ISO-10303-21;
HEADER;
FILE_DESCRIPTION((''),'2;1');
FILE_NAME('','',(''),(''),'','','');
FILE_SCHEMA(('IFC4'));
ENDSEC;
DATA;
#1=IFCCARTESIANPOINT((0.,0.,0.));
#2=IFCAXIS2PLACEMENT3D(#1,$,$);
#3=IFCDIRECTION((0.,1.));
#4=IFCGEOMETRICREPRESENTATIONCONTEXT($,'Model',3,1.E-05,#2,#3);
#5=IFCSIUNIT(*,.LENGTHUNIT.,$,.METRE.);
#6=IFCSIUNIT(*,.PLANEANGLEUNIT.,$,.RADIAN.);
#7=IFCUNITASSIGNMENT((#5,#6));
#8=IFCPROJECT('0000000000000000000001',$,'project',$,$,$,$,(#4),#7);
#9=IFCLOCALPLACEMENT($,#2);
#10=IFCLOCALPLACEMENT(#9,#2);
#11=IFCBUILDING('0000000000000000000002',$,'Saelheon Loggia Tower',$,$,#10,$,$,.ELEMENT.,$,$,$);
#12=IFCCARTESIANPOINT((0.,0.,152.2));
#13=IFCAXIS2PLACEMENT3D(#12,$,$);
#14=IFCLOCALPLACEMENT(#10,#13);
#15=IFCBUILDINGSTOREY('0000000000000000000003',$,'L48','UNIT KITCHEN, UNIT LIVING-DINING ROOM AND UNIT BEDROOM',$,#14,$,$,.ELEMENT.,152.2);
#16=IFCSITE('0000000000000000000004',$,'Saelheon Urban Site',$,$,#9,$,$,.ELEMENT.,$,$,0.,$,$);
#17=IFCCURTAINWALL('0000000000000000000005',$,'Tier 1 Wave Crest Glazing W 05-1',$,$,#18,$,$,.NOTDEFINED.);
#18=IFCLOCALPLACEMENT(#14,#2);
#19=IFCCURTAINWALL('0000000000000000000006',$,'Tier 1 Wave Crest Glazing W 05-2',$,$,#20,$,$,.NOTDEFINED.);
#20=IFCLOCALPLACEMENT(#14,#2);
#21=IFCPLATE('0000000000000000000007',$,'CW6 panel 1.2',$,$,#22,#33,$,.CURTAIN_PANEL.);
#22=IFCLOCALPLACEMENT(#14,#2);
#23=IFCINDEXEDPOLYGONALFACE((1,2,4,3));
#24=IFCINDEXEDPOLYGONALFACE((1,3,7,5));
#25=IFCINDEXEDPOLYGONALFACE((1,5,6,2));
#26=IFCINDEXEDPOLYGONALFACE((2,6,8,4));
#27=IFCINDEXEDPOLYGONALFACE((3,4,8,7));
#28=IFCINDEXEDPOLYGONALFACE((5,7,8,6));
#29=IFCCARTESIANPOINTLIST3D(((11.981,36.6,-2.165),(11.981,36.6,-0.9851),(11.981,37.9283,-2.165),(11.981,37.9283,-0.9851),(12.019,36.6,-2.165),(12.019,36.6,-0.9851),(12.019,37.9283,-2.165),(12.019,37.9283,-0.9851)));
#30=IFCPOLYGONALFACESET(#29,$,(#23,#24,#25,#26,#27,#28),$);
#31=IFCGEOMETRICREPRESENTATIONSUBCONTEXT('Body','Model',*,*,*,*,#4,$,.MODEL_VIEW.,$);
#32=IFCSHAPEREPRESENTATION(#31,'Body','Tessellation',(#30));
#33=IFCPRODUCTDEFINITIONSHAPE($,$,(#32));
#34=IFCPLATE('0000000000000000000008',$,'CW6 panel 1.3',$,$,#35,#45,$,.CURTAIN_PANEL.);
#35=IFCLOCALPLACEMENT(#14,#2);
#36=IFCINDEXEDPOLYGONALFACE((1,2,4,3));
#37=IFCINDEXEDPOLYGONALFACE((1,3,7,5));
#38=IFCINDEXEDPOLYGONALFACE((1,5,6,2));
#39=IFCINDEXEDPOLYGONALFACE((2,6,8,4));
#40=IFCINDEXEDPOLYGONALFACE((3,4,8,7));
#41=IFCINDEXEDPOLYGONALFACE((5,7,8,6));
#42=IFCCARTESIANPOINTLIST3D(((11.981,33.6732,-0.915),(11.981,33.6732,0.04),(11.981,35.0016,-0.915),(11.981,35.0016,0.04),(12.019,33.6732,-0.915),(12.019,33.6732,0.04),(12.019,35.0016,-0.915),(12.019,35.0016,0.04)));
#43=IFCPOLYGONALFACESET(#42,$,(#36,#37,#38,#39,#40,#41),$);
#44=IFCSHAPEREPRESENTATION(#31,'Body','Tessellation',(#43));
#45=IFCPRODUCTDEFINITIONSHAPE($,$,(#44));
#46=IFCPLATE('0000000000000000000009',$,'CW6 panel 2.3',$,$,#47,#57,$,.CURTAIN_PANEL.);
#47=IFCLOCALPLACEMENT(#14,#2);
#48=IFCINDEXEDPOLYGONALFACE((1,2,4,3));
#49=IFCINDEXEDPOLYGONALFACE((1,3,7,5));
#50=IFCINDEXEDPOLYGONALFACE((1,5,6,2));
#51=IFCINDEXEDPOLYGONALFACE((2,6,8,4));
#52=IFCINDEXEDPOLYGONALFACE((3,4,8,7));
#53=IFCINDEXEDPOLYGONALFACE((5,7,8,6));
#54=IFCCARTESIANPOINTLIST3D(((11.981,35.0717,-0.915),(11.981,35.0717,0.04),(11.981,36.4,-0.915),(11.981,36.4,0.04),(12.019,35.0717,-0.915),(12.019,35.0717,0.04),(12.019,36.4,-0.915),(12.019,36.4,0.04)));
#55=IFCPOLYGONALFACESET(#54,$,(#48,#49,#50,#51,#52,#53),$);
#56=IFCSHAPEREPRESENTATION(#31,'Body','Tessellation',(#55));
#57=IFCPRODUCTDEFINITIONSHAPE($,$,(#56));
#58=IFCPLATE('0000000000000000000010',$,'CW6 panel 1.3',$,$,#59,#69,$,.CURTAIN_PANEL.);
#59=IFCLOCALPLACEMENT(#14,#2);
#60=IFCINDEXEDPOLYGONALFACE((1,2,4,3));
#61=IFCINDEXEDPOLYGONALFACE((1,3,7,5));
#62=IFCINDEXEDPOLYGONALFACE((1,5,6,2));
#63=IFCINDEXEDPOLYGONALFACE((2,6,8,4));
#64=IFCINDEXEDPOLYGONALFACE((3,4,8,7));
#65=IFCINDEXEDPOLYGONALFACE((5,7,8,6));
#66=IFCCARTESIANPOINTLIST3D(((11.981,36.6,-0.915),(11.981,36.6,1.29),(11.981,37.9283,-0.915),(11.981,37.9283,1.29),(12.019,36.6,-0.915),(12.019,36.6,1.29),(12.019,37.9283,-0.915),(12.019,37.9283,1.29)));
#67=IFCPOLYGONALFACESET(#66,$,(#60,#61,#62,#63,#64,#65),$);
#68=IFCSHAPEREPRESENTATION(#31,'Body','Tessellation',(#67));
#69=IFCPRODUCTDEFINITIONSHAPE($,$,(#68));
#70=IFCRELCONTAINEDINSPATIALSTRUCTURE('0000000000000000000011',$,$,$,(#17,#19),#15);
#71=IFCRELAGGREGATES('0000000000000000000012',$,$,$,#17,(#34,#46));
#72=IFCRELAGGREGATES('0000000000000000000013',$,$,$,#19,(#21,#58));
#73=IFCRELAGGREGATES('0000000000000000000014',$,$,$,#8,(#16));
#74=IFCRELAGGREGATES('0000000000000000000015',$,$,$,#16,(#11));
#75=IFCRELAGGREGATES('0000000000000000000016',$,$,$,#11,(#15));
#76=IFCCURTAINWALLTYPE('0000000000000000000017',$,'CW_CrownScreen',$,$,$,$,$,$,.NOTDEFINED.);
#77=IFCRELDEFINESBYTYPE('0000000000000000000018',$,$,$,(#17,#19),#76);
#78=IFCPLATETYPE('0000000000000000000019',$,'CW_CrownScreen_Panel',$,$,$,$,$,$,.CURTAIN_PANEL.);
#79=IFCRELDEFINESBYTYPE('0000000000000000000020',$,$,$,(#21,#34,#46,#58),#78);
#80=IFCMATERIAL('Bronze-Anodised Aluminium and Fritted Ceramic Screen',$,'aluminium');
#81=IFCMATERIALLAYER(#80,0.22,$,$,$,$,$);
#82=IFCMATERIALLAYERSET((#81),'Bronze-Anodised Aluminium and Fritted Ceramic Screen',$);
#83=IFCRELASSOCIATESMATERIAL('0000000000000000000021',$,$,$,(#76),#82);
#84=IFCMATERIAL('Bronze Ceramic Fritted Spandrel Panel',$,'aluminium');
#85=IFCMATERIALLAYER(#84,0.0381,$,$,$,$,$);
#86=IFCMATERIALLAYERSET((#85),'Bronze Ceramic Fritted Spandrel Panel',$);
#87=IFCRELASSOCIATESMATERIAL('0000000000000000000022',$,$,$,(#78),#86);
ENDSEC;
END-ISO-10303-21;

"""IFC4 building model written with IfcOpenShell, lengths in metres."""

from ifc_helpers import new_model, si_unit, direction, frame, origin, origin_2d, place, context, subcontext, project, spatial, rectangle, extrude, source, transform, mapped, material, layer, layer_set, type_object, element, aggregate, save


model = new_model("IFC4")

# Units and contexts
model_context = context("Model", 3, precision=1e-05, world=origin(), true_north=direction((0.0, 1.0)))
body_context = subcontext(model_context, "Body", "Model", "MODEL_VIEW")
ifc_project = project(units=[si_unit("LENGTHUNIT", "METRE"), si_unit("PLANEANGLEUNIT", "RADIAN")], contexts=[model_context])

# Site, building, storey
site_placement = place(None, origin())
site = spatial("IfcSite", under=ifc_project, at=site_placement, Name="Saelheon Urban Site", CompositionType="ELEMENT", RefElevation=0.0)
building_placement = place(site_placement, origin())
building = spatial("IfcBuilding", under=site, at=building_placement, Name="Saelheon Loggia Tower", CompositionType="ELEMENT")
storey_placement = place(building_placement, frame((0.0, 0.0, 152.2)))
storey = spatial("IfcBuildingStorey", under=building, at=storey_placement, Name="L48", Description="UNIT KITCHEN, UNIT LIVING-DINING ROOM AND UNIT BEDROOM", CompositionType="ELEMENT", Elevation=152.2)

# Curtain walls
ifc_material_1 = material(Name="Bronze-Anodised Aluminium and Fritted Ceramic Screen", Category="aluminium")
ifc_layer_1 = layer(ifc_material_1, 0.22)
ifc_layer_set_1 = layer_set([ifc_layer_1], Name="Bronze-Anodised Aluminium and Fritted Ceramic Screen")
curtain_wall_type = type_object("IfcCurtainWallType", Name="CW_CrownScreen", PredefinedType="NOTDEFINED", material=ifc_layer_set_1)
curtain_wall_1_placement = place(storey_placement, origin())
curtain_wall_1 = element("IfcCurtainWall", 1, at=curtain_wall_1_placement, inside=storey, type_object=curtain_wall_type, Name="Tier 1 Wave Crest Glazing W 05-1", PredefinedType="NOTDEFINED")
curtain_wall_2_placement = place(storey_placement, origin())
curtain_wall_2 = element("IfcCurtainWall", 2, at=curtain_wall_2_placement, inside=storey, type_object=curtain_wall_type, Name="Tier 1 Wave Crest Glazing W 05-2", PredefinedType="NOTDEFINED")

# Plates
ifc_material_2 = material(Name="Bronze Ceramic Fritted Spandrel Panel", Category="aluminium")
ifc_layer_2 = layer(ifc_material_2, 0.0381)
ifc_layer_set_2 = layer_set([ifc_layer_2], Name="Bronze Ceramic Fritted Spandrel Panel")
plate_type = type_object("IfcPlateType", Name="CW_CrownScreen_Panel", PredefinedType="CURTAIN_PANEL", material=ifc_layer_set_2)
shared_shape_1 = source(origin(), body_context, "Body", "SweptSolid", [
    extrude(rectangle(XDim=1.3284, YDim=0.0381, at=origin_2d()), origin(), (0.0, 0.0, 1.0), 1.1799),
])
plate_1_placement = place(storey_placement, frame((12.0, 37.2642, -2.165), z_axis=(0.0, 0.0, 1.0), x_axis=(0.0, 1.0, 0.0)))
plate_1 = element("IfcPlate", 3, at=plate_1_placement, type_object=plate_type, Name="CW6 panel 1.2", PredefinedType="CURTAIN_PANEL", context=body_context, shape_type="MappedRepresentation", body=[
    mapped(shared_shape_1, transform((0.0, 0.0, 0.0), scale=1.0)),
])
shared_shape_2 = source(origin(), body_context, "Body", "SweptSolid", [
    extrude(rectangle(XDim=1.3284, YDim=0.0381, at=origin_2d()), origin(), (0.0, 0.0, 1.0), 0.9551),
])
plate_2_placement = place(storey_placement, frame((12.0, 34.3374, -0.915), z_axis=(0.0, 0.0, 1.0), x_axis=(0.0, 1.0, 0.0)))
plate_2 = element("IfcPlate", 4, at=plate_2_placement, type_object=plate_type, Name="CW6 panel 1.3", PredefinedType="CURTAIN_PANEL", context=body_context, shape_type="MappedRepresentation", body=[
    mapped(shared_shape_2, transform((0.0, 0.0, 0.0), scale=1.0)),
])
plate_3_placement = place(storey_placement, frame((12.0, 35.7358, -0.915), z_axis=(0.0, 0.0, 1.0), x_axis=(0.0, 1.0, 0.0)))
plate_3 = element("IfcPlate", 5, at=plate_3_placement, type_object=plate_type, Name="CW6 panel 2.3", PredefinedType="CURTAIN_PANEL", context=body_context, shape_type="MappedRepresentation", body=[
    mapped(shared_shape_2, transform((0.0, 0.0, 0.0), scale=1.0)),
])
aggregate(curtain_wall_1, [plate_2, plate_3])
shared_shape_3 = source(origin(), body_context, "Body", "SweptSolid", [
    extrude(rectangle(XDim=1.3284, YDim=0.0381, at=origin_2d()), origin(), (0.0, 0.0, 1.0), 2.2051),
])
plate_4_placement = place(storey_placement, frame((12.0, 37.2642, -0.915), z_axis=(0.0, 0.0, 1.0), x_axis=(0.0, 1.0, 0.0)))
plate_4 = element("IfcPlate", 6, at=plate_4_placement, type_object=plate_type, Name="CW6 panel 1.3", PredefinedType="CURTAIN_PANEL", context=body_context, shape_type="MappedRepresentation", body=[
    mapped(shared_shape_3, transform((0.0, 0.0, 0.0), scale=1.0)),
])
aggregate(curtain_wall_2, [plate_1, plate_4])

save(model, "model.ifc")
